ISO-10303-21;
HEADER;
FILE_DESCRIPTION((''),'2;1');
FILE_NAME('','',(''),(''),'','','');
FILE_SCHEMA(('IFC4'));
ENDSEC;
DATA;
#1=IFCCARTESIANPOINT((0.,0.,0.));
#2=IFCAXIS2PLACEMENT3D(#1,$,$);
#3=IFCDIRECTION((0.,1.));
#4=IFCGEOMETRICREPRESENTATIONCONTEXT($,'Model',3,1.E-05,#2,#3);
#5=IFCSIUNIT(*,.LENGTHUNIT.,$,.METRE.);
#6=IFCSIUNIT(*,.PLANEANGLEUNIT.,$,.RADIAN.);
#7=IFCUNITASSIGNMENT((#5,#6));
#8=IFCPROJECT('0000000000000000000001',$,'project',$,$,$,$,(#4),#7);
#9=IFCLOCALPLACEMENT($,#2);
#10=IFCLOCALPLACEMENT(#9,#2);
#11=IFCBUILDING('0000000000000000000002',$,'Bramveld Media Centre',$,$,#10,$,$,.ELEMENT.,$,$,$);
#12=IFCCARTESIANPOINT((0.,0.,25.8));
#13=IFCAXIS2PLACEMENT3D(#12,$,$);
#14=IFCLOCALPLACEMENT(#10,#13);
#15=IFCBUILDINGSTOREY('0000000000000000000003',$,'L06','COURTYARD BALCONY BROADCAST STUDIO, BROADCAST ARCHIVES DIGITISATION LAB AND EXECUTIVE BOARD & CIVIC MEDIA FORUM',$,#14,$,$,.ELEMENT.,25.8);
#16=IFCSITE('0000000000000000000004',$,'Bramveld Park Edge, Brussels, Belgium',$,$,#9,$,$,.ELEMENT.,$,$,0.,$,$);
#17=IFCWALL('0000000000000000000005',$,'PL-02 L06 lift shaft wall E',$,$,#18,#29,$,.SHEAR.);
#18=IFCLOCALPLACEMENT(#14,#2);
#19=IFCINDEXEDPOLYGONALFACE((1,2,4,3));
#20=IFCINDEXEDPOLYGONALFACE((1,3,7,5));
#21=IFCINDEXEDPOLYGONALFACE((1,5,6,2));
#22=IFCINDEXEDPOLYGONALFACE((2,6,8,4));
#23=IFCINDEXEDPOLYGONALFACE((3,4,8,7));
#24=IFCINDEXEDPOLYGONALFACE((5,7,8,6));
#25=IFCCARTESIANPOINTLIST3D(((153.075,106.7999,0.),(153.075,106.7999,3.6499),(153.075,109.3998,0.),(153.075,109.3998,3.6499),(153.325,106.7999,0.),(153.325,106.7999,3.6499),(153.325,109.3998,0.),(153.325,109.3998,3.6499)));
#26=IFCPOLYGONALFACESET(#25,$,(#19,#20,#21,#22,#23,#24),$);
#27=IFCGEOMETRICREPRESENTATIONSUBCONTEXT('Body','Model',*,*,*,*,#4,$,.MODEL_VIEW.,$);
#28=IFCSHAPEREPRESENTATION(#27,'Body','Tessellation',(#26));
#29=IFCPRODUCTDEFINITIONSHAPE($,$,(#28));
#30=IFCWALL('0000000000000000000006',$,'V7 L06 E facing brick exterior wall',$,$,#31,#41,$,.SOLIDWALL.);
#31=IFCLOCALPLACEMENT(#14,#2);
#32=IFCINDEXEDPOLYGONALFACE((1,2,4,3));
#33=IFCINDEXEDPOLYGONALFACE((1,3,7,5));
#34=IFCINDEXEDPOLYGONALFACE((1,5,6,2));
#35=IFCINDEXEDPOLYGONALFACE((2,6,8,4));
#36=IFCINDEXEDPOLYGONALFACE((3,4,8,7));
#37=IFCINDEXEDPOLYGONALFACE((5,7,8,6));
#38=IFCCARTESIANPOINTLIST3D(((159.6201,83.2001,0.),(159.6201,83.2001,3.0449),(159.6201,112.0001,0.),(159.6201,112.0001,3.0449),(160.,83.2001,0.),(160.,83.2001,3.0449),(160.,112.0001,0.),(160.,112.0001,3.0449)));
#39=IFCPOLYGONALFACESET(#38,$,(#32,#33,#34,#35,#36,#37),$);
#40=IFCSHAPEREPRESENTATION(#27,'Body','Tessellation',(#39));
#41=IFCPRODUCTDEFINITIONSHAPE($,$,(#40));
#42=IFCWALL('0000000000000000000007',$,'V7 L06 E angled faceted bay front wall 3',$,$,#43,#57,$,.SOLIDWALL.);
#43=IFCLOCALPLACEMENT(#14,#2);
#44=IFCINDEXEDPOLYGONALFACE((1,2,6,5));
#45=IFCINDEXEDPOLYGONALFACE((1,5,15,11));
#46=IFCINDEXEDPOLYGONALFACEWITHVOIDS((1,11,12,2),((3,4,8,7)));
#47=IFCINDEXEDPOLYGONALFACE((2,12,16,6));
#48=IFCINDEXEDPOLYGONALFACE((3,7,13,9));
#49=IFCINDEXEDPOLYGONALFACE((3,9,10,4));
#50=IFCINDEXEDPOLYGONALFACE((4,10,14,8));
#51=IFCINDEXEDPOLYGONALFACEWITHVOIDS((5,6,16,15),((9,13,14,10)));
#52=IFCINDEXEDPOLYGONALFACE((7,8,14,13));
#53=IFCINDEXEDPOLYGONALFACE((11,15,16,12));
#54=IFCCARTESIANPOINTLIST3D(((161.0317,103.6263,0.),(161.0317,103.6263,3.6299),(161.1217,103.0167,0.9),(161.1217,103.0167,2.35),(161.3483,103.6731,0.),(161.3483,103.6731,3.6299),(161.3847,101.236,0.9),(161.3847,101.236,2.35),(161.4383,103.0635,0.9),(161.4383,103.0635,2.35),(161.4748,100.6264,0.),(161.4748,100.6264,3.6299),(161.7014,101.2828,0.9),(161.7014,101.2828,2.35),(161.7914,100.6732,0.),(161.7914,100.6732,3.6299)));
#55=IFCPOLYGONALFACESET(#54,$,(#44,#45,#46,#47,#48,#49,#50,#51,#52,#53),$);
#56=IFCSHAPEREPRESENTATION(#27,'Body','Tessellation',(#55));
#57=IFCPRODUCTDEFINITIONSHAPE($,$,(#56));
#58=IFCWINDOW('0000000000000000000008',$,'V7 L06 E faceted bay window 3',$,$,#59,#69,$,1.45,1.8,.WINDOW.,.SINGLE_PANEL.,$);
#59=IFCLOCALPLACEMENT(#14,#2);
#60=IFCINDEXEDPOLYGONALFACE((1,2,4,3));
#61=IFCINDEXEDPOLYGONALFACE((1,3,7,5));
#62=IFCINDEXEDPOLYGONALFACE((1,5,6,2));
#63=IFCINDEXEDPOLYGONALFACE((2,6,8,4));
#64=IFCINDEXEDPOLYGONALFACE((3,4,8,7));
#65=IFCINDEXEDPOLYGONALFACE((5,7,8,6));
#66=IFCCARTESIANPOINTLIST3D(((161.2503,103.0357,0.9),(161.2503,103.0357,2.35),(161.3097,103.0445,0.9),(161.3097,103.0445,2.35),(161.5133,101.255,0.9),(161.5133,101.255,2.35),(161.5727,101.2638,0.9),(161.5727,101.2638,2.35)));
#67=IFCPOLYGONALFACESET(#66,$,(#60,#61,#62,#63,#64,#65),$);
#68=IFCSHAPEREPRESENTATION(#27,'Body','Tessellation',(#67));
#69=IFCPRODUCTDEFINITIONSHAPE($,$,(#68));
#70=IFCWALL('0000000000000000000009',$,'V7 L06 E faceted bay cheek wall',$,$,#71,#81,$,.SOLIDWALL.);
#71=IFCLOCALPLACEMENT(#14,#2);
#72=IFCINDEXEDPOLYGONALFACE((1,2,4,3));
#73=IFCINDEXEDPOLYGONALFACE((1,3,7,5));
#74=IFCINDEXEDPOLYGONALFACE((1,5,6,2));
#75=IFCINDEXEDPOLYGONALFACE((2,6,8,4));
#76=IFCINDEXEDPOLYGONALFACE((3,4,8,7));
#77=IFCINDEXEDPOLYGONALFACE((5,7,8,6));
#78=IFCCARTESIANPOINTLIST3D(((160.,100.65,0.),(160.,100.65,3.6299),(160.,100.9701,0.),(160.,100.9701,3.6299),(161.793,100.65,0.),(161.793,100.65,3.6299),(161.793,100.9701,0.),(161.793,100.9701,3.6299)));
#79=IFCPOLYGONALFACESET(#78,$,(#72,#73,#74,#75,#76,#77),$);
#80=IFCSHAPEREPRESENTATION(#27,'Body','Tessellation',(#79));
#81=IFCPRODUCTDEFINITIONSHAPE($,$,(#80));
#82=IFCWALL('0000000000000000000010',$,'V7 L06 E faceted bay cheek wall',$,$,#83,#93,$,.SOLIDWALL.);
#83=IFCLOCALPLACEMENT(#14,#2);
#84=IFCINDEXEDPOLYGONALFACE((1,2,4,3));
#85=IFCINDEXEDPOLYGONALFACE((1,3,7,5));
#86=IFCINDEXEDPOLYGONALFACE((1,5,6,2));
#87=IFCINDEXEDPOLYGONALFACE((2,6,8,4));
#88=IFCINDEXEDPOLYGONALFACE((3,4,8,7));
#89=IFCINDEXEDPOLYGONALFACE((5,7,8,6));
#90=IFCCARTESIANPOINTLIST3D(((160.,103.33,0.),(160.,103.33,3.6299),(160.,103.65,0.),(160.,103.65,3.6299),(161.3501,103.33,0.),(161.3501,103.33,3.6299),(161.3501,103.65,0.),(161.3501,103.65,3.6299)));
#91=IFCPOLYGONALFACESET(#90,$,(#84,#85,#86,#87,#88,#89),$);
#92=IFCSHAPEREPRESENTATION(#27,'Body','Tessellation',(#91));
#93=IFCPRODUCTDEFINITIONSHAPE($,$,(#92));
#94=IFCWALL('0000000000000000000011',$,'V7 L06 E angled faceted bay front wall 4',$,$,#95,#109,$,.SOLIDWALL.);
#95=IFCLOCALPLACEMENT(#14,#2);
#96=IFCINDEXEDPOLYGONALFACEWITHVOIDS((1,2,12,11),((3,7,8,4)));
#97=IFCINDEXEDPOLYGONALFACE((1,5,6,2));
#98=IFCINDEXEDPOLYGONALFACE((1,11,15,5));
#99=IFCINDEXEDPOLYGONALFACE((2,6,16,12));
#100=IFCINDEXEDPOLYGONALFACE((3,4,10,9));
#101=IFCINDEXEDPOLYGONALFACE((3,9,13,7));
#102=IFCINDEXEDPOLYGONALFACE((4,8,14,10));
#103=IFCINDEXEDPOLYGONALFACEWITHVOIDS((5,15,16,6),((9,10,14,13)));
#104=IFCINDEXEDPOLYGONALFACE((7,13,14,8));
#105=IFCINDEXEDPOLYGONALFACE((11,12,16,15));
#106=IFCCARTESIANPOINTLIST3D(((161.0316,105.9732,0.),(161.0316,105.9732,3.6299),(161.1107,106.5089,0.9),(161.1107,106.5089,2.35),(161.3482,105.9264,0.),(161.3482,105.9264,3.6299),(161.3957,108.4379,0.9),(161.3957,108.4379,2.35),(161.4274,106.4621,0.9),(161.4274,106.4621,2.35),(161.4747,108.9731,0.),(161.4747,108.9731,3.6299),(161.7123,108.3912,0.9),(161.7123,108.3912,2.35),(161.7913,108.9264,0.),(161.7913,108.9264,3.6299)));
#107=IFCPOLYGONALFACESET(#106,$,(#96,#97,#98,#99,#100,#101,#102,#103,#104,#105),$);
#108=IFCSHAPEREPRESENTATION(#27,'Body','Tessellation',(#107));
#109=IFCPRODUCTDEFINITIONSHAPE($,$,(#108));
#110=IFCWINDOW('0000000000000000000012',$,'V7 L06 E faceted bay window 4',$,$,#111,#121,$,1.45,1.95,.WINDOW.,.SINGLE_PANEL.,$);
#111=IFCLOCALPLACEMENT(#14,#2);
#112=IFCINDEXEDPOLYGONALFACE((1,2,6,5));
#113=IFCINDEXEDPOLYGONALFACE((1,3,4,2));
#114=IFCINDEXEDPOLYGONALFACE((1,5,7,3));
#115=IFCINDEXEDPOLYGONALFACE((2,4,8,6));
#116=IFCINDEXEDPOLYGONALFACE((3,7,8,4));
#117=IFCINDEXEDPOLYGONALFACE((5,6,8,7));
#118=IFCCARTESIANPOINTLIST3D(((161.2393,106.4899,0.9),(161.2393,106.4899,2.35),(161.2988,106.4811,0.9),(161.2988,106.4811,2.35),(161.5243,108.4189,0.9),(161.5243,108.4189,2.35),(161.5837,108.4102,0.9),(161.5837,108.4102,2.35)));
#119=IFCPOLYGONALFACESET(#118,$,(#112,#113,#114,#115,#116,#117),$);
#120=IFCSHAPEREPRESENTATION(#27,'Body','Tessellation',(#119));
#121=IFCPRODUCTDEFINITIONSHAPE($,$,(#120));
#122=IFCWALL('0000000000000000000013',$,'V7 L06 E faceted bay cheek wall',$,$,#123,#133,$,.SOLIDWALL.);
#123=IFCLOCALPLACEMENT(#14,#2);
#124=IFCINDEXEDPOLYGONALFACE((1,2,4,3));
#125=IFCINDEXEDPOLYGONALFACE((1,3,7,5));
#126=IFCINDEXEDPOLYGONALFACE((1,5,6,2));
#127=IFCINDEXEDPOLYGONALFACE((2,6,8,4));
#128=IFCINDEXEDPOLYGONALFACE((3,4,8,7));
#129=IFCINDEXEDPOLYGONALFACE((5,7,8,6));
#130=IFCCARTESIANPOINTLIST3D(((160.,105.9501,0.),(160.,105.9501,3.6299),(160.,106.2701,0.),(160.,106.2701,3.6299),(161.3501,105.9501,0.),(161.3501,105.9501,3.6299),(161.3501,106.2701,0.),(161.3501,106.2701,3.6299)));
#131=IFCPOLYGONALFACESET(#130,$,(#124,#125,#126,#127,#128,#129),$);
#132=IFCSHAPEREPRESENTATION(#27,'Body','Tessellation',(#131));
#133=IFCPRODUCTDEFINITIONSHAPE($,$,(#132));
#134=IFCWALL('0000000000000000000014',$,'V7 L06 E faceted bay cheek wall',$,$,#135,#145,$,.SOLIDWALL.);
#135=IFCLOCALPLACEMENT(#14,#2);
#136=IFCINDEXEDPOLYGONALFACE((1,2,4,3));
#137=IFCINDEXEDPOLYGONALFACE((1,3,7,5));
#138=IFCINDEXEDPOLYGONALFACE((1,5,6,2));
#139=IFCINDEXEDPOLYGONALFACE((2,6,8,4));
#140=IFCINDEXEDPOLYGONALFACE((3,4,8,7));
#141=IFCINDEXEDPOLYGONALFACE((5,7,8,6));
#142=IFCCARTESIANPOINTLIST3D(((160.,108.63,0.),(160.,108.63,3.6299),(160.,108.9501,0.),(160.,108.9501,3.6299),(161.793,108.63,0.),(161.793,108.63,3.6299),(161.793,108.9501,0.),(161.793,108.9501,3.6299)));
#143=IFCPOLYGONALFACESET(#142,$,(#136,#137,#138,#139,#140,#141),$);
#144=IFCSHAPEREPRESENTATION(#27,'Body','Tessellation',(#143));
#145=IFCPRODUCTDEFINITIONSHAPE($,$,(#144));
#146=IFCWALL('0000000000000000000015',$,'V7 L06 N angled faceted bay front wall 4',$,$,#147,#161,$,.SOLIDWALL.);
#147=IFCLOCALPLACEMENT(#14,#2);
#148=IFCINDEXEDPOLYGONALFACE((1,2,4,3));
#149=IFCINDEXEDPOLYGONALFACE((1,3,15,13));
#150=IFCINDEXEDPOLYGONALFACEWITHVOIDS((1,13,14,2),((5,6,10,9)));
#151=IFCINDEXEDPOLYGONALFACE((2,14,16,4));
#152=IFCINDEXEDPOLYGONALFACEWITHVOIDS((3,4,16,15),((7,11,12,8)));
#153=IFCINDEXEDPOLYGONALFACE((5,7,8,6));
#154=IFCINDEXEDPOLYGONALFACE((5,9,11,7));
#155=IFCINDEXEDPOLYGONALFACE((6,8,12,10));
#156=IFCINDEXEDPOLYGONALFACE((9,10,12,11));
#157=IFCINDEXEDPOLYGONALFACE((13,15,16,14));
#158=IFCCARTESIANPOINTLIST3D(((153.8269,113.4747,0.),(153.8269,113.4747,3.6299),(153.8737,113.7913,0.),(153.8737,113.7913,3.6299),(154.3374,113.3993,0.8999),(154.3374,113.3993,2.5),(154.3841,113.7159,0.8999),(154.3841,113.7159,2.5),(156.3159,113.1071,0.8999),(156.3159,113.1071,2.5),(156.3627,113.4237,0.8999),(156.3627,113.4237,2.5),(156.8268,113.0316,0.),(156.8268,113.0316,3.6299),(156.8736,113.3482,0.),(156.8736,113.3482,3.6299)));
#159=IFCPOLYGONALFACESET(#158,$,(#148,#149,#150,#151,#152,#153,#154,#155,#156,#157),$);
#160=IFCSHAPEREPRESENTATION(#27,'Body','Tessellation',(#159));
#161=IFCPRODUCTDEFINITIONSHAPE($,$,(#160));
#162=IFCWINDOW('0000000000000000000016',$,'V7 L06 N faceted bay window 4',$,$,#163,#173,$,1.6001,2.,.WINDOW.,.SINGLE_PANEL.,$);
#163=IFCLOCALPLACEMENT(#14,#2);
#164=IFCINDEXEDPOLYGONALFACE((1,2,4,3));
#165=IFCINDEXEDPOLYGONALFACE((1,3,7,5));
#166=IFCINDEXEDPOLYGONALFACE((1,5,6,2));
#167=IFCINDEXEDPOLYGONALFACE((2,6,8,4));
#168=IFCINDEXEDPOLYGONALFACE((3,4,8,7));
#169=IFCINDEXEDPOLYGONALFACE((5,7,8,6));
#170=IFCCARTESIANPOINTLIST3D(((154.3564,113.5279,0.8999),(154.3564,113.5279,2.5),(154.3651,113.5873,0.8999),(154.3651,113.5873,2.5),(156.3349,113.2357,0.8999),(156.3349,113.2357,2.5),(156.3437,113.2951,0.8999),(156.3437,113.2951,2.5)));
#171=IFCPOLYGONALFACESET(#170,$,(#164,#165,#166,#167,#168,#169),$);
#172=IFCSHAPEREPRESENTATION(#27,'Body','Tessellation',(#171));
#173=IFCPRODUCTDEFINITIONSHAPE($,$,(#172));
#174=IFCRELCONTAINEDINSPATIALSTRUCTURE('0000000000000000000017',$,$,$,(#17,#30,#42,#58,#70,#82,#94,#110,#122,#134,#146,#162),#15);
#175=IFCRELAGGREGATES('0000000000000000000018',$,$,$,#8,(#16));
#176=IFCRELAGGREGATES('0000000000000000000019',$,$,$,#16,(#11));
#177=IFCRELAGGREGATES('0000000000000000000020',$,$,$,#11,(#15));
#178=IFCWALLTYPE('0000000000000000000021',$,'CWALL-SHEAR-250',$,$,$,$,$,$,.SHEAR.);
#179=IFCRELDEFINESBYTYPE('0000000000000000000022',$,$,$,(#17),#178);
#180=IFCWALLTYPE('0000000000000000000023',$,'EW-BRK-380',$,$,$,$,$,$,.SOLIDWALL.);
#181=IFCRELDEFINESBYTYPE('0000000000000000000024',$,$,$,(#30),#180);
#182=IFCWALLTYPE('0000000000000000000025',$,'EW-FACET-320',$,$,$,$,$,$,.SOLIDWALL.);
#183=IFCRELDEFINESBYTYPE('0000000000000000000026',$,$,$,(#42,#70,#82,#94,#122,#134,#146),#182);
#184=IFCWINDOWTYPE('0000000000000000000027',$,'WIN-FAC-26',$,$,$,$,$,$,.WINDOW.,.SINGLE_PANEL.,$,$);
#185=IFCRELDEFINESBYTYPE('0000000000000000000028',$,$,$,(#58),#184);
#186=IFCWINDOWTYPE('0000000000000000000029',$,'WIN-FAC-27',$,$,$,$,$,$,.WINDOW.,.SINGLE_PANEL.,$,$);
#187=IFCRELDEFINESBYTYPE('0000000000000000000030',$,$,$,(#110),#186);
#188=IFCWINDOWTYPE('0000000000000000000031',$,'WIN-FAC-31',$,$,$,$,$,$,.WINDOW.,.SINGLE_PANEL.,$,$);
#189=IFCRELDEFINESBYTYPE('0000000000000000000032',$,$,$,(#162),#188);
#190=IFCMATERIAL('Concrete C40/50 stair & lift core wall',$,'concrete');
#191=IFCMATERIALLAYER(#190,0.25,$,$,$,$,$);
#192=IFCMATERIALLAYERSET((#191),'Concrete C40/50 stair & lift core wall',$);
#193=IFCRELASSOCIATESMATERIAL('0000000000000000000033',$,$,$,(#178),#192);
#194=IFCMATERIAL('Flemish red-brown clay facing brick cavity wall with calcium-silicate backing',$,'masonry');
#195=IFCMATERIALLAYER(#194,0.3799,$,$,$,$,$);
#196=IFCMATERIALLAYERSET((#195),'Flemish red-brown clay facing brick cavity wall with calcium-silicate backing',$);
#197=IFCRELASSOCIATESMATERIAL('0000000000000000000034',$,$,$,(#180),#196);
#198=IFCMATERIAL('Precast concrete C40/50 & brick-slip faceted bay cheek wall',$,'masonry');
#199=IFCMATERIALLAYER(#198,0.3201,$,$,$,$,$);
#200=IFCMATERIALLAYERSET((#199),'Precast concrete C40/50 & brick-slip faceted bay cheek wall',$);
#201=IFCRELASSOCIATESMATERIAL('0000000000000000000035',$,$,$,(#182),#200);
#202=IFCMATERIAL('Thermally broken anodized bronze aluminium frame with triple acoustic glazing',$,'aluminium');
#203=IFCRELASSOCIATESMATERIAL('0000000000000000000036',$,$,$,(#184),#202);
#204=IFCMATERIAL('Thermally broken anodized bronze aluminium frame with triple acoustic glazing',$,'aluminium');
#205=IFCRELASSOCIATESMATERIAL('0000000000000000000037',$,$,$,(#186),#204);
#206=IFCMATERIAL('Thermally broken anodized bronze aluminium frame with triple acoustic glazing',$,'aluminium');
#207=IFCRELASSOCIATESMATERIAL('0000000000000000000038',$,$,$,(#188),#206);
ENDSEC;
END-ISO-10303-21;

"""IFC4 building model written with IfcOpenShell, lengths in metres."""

from ifc_helpers import new_model, si_unit, direction, frame, frame_2d, origin, place, context, subcontext, project, spatial, rectangle, extrude, material, layer, layer_set, type_object, element, fill, save


model = new_model("IFC4")

# Units and contexts
model_context = context("Model", 3, precision=1e-05, world=origin(), true_north=direction((0.0, 1.0)))
body_context = subcontext(model_context, "Body", "Model", "MODEL_VIEW")
ifc_project = project(units=[si_unit("LENGTHUNIT", "METRE"), si_unit("PLANEANGLEUNIT", "RADIAN")], contexts=[model_context])

# Site, building, storey
site_placement = place(None, origin())
site = spatial("IfcSite", under=ifc_project, at=site_placement, Name="Bramveld Park Edge, Brussels, Belgium", CompositionType="ELEMENT", RefElevation=0.0)
building_placement = place(site_placement, origin())
building = spatial("IfcBuilding", under=site, at=building_placement, Name="Bramveld Media Centre", CompositionType="ELEMENT")
storey_placement = place(building_placement, frame((0.0, 0.0, 25.8)))
storey = spatial("IfcBuildingStorey", under=building, at=storey_placement, Name="L06", Description="COURTYARD BALCONY BROADCAST STUDIO, BROADCAST ARCHIVES DIGITISATION LAB AND EXECUTIVE BOARD & CIVIC MEDIA FORUM", CompositionType="ELEMENT", Elevation=25.8)

# Shared definitions
ifc_material_1 = material(Name="Concrete C40/50 stair & lift core wall", Category="concrete")
ifc_layer_1 = layer(ifc_material_1, 0.25)
ifc_layer_set_1 = layer_set([ifc_layer_1], Name="Concrete C40/50 stair & lift core wall")
wall_type_1 = type_object("IfcWallType", Name="CWALL-SHEAR-250", PredefinedType="SHEAR", material=ifc_layer_set_1)

# Walls
wall_1_placement = place(storey_placement, frame((153.2, 106.8, 0.0), z_axis=(0.0, 0.0, 1.0), x_axis=(0.0, 1.0, 0.0)))
element("IfcWall", 1, at=wall_1_placement, inside=storey, type_object=wall_type_1, Name="PL-02 L06 lift shaft wall E", PredefinedType="SHEAR", context=body_context, shape_type="SweptSolid", body=[
    extrude(rectangle(XDim=2.5999, YDim=0.25, at=frame_2d((1.2998, 0.0))), origin(), (0.0, 0.0, 1.0), 3.6499),
])
ifc_material_2 = material(Name="Flemish red-brown clay facing brick cavity wall with calcium-silicate backing", Category="masonry")
ifc_layer_2 = layer(ifc_material_2, 0.3799)
ifc_layer_set_2 = layer_set([ifc_layer_2], Name="Flemish red-brown clay facing brick cavity wall with calcium-silicate backing")
wall_type_2 = type_object("IfcWallType", Name="EW-BRK-380", PredefinedType="SOLIDWALL", material=ifc_layer_set_2)
wall_2_placement = place(storey_placement, frame((159.8101, 112.0, 0.0), z_axis=(0.0, 0.0, 1.0), x_axis=(0.0, -1.0, 0.0)))
element("IfcWall", 2, at=wall_2_placement, inside=storey, type_object=wall_type_2, Name="V7 L06 E facing brick exterior wall", PredefinedType="SOLIDWALL", context=body_context, shape_type="SweptSolid", body=[
    extrude(rectangle(XDim=28.8, YDim=0.3799, at=frame_2d((14.3999, 0.0))), origin(), (0.0, 0.0, 1.0), 3.0449),
])

# Wall, opening, window
ifc_material_3 = material(Name="Precast concrete C40/50 & brick-slip faceted bay cheek wall", Category="masonry")
ifc_layer_3 = layer(ifc_material_3, 0.3201)
ifc_layer_set_3 = layer_set([ifc_layer_3], Name="Precast concrete C40/50 & brick-slip faceted bay cheek wall")
wall_type_3 = type_object("IfcWallType", Name="EW-FACET-320", PredefinedType="SOLIDWALL", material=ifc_layer_set_3)
wall_3_placement = place(storey_placement, frame((161.6331, 100.6499, 0.0), z_axis=(0.0, 0.0, 1.0), x_axis=(-0.14612, 0.989267, 0.0)))
wall_3 = element("IfcWall", 3, at=wall_3_placement, inside=storey, type_object=wall_type_3, Name="V7 L06 E angled faceted bay front wall 3", PredefinedType="SOLIDWALL", context=body_context, shape_type="SweptSolid", body=[
    extrude(rectangle(XDim=3.0325, YDim=0.3201, at=frame_2d((1.5161, 0.0))), origin(), (0.0, 0.0, 1.0), 3.6299),
])
opening_1_placement = place(wall_3_placement, frame((0.6162, 0.0, 0.8999)))
opening_1 = element("IfcOpeningElement", 4, at=opening_1_placement, cuts=wall_3, PredefinedType="OPENING", context=body_context, shape_type="SweptSolid", body=[
    extrude(rectangle(XDim=1.8, YDim=1.45, at=frame_2d((0.8999, 0.7251))), frame((0.0, 0.1719, 0.0), z_axis=(0.0, -1.0, 0.0), x_axis=(1.0, 0.0, 0.0)), (0.0, 0.0, 1.0), 0.344),
])
ifc_material_4 = material(Name="Thermally broken anodized bronze aluminium frame with triple acoustic glazing", Category="aluminium")
window_type_1 = type_object("IfcWindowType", Name="WIN-FAC-26", PartitioningType="SINGLE_PANEL", PredefinedType="WINDOW", material=ifc_material_4)
window_1_placement = place(opening_1_placement, origin())
window_1 = element("IfcWindow", 5, at=window_1_placement, inside=storey, type_object=window_type_1, Name="V7 L06 E faceted bay window 3", OverallHeight=1.45, OverallWidth=1.8, PartitioningType="SINGLE_PANEL", PredefinedType="WINDOW", context=body_context, shape_type="SweptSolid", body=[
    extrude(rectangle(XDim=1.8, YDim=1.45, at=frame_2d((0.8999, 0.7251))), frame((0.0, 0.03, 0.0), z_axis=(0.0, -1.0, 0.0), x_axis=(1.0, 0.0, 0.0)), (0.0, 0.0, 1.0), 0.0601),
])
fill(opening_1, window_1)

# Walls
wall_4_placement = place(storey_placement, frame((160.0, 100.8101, 0.0), z_axis=(0.0, 0.0, 1.0), x_axis=(1.0, 0.0, 0.0)))
element("IfcWall", 6, at=wall_4_placement, inside=storey, type_object=wall_type_3, Name="V7 L06 E faceted bay cheek wall", PredefinedType="SOLIDWALL", context=body_context, shape_type="SweptSolid", body=[
    extrude(rectangle(XDim=1.793, YDim=0.3201, at=frame_2d((0.8965, 0.0))), origin(), (0.0, 0.0, 1.0), 3.6299),
])
wall_5_placement = place(storey_placement, frame((160.0, 103.49, 0.0), z_axis=(0.0, 0.0, 1.0), x_axis=(1.0, 0.0, 0.0)))
element("IfcWall", 7, at=wall_5_placement, inside=storey, type_object=wall_type_3, Name="V7 L06 E faceted bay cheek wall", PredefinedType="SOLIDWALL", context=body_context, shape_type="SweptSolid", body=[
    extrude(rectangle(XDim=1.3501, YDim=0.3201, at=frame_2d((0.675, 0.0))), origin(), (0.0, 0.0, 1.0), 3.6299),
])

# Wall, opening, window
wall_6_placement = place(storey_placement, frame((161.1899, 105.95, 0.0), z_axis=(0.0, 0.0, 1.0), x_axis=(0.14612, 0.989267, 0.0)))
wall_6 = element("IfcWall", 8, at=wall_6_placement, inside=storey, type_object=wall_type_3, Name="V7 L06 E angled faceted bay front wall 4", PredefinedType="SOLIDWALL", context=body_context, shape_type="SweptSolid", body=[
    extrude(rectangle(XDim=3.0325, YDim=0.3201, at=frame_2d((1.5161, 0.0))), origin(), (0.0, 0.0, 1.0), 3.6299),
])
opening_2_placement = place(wall_6_placement, frame((0.5413, 0.0, 0.8999)))
opening_2 = element("IfcOpeningElement", 9, at=opening_2_placement, cuts=wall_6, PredefinedType="OPENING", context=body_context, shape_type="SweptSolid", body=[
    extrude(rectangle(XDim=1.95, YDim=1.45, at=frame_2d((0.9751, 0.7251))), frame((0.0, 0.1719, 0.0), z_axis=(0.0, -1.0, 0.0), x_axis=(1.0, 0.0, 0.0)), (0.0, 0.0, 1.0), 0.344),
])
ifc_material_5 = material(Name="Thermally broken anodized bronze aluminium frame with triple acoustic glazing", Category="aluminium")
window_type_2 = type_object("IfcWindowType", Name="WIN-FAC-27", PartitioningType="SINGLE_PANEL", PredefinedType="WINDOW", material=ifc_material_5)
window_2_placement = place(opening_2_placement, origin())
window_2 = element("IfcWindow", 10, at=window_2_placement, inside=storey, type_object=window_type_2, Name="V7 L06 E faceted bay window 4", OverallHeight=1.45, OverallWidth=1.95, PartitioningType="SINGLE_PANEL", PredefinedType="WINDOW", context=body_context, shape_type="SweptSolid", body=[
    extrude(rectangle(XDim=1.95, YDim=1.45, at=frame_2d((0.9751, 0.7251))), frame((0.0, 0.03, 0.0), z_axis=(0.0, -1.0, 0.0), x_axis=(1.0, 0.0, 0.0)), (0.0, 0.0, 1.0), 0.0601),
])
fill(opening_2, window_2)

# Walls
wall_7_placement = place(storey_placement, frame((160.0, 106.1101, 0.0), z_axis=(0.0, 0.0, 1.0), x_axis=(1.0, 0.0, 0.0)))
element("IfcWall", 11, at=wall_7_placement, inside=storey, type_object=wall_type_3, Name="V7 L06 E faceted bay cheek wall", PredefinedType="SOLIDWALL", context=body_context, shape_type="SweptSolid", body=[
    extrude(rectangle(XDim=1.3501, YDim=0.3201, at=frame_2d((0.675, 0.0))), origin(), (0.0, 0.0, 1.0), 3.6299),
])
wall_8_placement = place(storey_placement, frame((160.0, 108.79, 0.0), z_axis=(0.0, 0.0, 1.0), x_axis=(1.0, 0.0, 0.0)))
element("IfcWall", 12, at=wall_8_placement, inside=storey, type_object=wall_type_3, Name="V7 L06 E faceted bay cheek wall", PredefinedType="SOLIDWALL", context=body_context, shape_type="SweptSolid", body=[
    extrude(rectangle(XDim=1.793, YDim=0.3201, at=frame_2d((0.8965, 0.0))), origin(), (0.0, 0.0, 1.0), 3.6299),
])

# Wall, opening, window
wall_9_placement = place(storey_placement, frame((156.8501, 113.1899, 0.0), z_axis=(0.0, 0.0, 1.0), x_axis=(-0.989267, 0.14612, 0.0)))
wall_9 = element("IfcWall", 13, at=wall_9_placement, inside=storey, type_object=wall_type_3, Name="V7 L06 N angled faceted bay front wall 4", PredefinedType="SOLIDWALL", context=body_context, shape_type="SweptSolid", body=[
    extrude(rectangle(XDim=3.0325, YDim=0.3201, at=frame_2d((1.5161, 0.0))), origin(), (0.0, 0.0, 1.0), 3.6299),
])
opening_3_placement = place(wall_9_placement, frame((0.5164, 0.0, 0.8999)))
opening_3 = element("IfcOpeningElement", 14, at=opening_3_placement, cuts=wall_9, PredefinedType="OPENING", context=body_context, shape_type="SweptSolid", body=[
    extrude(rectangle(XDim=2.0, YDim=1.6001, at=frame_2d((1.0, 0.8))), frame((0.0, 0.1719, 0.0), z_axis=(0.0, -1.0, 0.0), x_axis=(1.0, 0.0, 0.0)), (0.0, 0.0, 1.0), 0.344),
])
ifc_material_6 = material(Name="Thermally broken anodized bronze aluminium frame with triple acoustic glazing", Category="aluminium")
window_type_3 = type_object("IfcWindowType", Name="WIN-FAC-31", PartitioningType="SINGLE_PANEL", PredefinedType="WINDOW", material=ifc_material_6)
window_3_placement = place(opening_3_placement, origin())
window_3 = element("IfcWindow", 15, at=window_3_placement, inside=storey, type_object=window_type_3, Name="V7 L06 N faceted bay window 4", OverallHeight=1.6001, OverallWidth=2.0, PartitioningType="SINGLE_PANEL", PredefinedType="WINDOW", context=body_context, shape_type="SweptSolid", body=[
    extrude(rectangle(XDim=2.0, YDim=1.6001, at=frame_2d((1.0, 0.8))), frame((0.0, 0.03, 0.0), z_axis=(0.0, -1.0, 0.0), x_axis=(1.0, 0.0, 0.0)), (0.0, 0.0, 1.0), 0.0601),
])
fill(opening_3, window_3)

save(model, "model.ifc")
